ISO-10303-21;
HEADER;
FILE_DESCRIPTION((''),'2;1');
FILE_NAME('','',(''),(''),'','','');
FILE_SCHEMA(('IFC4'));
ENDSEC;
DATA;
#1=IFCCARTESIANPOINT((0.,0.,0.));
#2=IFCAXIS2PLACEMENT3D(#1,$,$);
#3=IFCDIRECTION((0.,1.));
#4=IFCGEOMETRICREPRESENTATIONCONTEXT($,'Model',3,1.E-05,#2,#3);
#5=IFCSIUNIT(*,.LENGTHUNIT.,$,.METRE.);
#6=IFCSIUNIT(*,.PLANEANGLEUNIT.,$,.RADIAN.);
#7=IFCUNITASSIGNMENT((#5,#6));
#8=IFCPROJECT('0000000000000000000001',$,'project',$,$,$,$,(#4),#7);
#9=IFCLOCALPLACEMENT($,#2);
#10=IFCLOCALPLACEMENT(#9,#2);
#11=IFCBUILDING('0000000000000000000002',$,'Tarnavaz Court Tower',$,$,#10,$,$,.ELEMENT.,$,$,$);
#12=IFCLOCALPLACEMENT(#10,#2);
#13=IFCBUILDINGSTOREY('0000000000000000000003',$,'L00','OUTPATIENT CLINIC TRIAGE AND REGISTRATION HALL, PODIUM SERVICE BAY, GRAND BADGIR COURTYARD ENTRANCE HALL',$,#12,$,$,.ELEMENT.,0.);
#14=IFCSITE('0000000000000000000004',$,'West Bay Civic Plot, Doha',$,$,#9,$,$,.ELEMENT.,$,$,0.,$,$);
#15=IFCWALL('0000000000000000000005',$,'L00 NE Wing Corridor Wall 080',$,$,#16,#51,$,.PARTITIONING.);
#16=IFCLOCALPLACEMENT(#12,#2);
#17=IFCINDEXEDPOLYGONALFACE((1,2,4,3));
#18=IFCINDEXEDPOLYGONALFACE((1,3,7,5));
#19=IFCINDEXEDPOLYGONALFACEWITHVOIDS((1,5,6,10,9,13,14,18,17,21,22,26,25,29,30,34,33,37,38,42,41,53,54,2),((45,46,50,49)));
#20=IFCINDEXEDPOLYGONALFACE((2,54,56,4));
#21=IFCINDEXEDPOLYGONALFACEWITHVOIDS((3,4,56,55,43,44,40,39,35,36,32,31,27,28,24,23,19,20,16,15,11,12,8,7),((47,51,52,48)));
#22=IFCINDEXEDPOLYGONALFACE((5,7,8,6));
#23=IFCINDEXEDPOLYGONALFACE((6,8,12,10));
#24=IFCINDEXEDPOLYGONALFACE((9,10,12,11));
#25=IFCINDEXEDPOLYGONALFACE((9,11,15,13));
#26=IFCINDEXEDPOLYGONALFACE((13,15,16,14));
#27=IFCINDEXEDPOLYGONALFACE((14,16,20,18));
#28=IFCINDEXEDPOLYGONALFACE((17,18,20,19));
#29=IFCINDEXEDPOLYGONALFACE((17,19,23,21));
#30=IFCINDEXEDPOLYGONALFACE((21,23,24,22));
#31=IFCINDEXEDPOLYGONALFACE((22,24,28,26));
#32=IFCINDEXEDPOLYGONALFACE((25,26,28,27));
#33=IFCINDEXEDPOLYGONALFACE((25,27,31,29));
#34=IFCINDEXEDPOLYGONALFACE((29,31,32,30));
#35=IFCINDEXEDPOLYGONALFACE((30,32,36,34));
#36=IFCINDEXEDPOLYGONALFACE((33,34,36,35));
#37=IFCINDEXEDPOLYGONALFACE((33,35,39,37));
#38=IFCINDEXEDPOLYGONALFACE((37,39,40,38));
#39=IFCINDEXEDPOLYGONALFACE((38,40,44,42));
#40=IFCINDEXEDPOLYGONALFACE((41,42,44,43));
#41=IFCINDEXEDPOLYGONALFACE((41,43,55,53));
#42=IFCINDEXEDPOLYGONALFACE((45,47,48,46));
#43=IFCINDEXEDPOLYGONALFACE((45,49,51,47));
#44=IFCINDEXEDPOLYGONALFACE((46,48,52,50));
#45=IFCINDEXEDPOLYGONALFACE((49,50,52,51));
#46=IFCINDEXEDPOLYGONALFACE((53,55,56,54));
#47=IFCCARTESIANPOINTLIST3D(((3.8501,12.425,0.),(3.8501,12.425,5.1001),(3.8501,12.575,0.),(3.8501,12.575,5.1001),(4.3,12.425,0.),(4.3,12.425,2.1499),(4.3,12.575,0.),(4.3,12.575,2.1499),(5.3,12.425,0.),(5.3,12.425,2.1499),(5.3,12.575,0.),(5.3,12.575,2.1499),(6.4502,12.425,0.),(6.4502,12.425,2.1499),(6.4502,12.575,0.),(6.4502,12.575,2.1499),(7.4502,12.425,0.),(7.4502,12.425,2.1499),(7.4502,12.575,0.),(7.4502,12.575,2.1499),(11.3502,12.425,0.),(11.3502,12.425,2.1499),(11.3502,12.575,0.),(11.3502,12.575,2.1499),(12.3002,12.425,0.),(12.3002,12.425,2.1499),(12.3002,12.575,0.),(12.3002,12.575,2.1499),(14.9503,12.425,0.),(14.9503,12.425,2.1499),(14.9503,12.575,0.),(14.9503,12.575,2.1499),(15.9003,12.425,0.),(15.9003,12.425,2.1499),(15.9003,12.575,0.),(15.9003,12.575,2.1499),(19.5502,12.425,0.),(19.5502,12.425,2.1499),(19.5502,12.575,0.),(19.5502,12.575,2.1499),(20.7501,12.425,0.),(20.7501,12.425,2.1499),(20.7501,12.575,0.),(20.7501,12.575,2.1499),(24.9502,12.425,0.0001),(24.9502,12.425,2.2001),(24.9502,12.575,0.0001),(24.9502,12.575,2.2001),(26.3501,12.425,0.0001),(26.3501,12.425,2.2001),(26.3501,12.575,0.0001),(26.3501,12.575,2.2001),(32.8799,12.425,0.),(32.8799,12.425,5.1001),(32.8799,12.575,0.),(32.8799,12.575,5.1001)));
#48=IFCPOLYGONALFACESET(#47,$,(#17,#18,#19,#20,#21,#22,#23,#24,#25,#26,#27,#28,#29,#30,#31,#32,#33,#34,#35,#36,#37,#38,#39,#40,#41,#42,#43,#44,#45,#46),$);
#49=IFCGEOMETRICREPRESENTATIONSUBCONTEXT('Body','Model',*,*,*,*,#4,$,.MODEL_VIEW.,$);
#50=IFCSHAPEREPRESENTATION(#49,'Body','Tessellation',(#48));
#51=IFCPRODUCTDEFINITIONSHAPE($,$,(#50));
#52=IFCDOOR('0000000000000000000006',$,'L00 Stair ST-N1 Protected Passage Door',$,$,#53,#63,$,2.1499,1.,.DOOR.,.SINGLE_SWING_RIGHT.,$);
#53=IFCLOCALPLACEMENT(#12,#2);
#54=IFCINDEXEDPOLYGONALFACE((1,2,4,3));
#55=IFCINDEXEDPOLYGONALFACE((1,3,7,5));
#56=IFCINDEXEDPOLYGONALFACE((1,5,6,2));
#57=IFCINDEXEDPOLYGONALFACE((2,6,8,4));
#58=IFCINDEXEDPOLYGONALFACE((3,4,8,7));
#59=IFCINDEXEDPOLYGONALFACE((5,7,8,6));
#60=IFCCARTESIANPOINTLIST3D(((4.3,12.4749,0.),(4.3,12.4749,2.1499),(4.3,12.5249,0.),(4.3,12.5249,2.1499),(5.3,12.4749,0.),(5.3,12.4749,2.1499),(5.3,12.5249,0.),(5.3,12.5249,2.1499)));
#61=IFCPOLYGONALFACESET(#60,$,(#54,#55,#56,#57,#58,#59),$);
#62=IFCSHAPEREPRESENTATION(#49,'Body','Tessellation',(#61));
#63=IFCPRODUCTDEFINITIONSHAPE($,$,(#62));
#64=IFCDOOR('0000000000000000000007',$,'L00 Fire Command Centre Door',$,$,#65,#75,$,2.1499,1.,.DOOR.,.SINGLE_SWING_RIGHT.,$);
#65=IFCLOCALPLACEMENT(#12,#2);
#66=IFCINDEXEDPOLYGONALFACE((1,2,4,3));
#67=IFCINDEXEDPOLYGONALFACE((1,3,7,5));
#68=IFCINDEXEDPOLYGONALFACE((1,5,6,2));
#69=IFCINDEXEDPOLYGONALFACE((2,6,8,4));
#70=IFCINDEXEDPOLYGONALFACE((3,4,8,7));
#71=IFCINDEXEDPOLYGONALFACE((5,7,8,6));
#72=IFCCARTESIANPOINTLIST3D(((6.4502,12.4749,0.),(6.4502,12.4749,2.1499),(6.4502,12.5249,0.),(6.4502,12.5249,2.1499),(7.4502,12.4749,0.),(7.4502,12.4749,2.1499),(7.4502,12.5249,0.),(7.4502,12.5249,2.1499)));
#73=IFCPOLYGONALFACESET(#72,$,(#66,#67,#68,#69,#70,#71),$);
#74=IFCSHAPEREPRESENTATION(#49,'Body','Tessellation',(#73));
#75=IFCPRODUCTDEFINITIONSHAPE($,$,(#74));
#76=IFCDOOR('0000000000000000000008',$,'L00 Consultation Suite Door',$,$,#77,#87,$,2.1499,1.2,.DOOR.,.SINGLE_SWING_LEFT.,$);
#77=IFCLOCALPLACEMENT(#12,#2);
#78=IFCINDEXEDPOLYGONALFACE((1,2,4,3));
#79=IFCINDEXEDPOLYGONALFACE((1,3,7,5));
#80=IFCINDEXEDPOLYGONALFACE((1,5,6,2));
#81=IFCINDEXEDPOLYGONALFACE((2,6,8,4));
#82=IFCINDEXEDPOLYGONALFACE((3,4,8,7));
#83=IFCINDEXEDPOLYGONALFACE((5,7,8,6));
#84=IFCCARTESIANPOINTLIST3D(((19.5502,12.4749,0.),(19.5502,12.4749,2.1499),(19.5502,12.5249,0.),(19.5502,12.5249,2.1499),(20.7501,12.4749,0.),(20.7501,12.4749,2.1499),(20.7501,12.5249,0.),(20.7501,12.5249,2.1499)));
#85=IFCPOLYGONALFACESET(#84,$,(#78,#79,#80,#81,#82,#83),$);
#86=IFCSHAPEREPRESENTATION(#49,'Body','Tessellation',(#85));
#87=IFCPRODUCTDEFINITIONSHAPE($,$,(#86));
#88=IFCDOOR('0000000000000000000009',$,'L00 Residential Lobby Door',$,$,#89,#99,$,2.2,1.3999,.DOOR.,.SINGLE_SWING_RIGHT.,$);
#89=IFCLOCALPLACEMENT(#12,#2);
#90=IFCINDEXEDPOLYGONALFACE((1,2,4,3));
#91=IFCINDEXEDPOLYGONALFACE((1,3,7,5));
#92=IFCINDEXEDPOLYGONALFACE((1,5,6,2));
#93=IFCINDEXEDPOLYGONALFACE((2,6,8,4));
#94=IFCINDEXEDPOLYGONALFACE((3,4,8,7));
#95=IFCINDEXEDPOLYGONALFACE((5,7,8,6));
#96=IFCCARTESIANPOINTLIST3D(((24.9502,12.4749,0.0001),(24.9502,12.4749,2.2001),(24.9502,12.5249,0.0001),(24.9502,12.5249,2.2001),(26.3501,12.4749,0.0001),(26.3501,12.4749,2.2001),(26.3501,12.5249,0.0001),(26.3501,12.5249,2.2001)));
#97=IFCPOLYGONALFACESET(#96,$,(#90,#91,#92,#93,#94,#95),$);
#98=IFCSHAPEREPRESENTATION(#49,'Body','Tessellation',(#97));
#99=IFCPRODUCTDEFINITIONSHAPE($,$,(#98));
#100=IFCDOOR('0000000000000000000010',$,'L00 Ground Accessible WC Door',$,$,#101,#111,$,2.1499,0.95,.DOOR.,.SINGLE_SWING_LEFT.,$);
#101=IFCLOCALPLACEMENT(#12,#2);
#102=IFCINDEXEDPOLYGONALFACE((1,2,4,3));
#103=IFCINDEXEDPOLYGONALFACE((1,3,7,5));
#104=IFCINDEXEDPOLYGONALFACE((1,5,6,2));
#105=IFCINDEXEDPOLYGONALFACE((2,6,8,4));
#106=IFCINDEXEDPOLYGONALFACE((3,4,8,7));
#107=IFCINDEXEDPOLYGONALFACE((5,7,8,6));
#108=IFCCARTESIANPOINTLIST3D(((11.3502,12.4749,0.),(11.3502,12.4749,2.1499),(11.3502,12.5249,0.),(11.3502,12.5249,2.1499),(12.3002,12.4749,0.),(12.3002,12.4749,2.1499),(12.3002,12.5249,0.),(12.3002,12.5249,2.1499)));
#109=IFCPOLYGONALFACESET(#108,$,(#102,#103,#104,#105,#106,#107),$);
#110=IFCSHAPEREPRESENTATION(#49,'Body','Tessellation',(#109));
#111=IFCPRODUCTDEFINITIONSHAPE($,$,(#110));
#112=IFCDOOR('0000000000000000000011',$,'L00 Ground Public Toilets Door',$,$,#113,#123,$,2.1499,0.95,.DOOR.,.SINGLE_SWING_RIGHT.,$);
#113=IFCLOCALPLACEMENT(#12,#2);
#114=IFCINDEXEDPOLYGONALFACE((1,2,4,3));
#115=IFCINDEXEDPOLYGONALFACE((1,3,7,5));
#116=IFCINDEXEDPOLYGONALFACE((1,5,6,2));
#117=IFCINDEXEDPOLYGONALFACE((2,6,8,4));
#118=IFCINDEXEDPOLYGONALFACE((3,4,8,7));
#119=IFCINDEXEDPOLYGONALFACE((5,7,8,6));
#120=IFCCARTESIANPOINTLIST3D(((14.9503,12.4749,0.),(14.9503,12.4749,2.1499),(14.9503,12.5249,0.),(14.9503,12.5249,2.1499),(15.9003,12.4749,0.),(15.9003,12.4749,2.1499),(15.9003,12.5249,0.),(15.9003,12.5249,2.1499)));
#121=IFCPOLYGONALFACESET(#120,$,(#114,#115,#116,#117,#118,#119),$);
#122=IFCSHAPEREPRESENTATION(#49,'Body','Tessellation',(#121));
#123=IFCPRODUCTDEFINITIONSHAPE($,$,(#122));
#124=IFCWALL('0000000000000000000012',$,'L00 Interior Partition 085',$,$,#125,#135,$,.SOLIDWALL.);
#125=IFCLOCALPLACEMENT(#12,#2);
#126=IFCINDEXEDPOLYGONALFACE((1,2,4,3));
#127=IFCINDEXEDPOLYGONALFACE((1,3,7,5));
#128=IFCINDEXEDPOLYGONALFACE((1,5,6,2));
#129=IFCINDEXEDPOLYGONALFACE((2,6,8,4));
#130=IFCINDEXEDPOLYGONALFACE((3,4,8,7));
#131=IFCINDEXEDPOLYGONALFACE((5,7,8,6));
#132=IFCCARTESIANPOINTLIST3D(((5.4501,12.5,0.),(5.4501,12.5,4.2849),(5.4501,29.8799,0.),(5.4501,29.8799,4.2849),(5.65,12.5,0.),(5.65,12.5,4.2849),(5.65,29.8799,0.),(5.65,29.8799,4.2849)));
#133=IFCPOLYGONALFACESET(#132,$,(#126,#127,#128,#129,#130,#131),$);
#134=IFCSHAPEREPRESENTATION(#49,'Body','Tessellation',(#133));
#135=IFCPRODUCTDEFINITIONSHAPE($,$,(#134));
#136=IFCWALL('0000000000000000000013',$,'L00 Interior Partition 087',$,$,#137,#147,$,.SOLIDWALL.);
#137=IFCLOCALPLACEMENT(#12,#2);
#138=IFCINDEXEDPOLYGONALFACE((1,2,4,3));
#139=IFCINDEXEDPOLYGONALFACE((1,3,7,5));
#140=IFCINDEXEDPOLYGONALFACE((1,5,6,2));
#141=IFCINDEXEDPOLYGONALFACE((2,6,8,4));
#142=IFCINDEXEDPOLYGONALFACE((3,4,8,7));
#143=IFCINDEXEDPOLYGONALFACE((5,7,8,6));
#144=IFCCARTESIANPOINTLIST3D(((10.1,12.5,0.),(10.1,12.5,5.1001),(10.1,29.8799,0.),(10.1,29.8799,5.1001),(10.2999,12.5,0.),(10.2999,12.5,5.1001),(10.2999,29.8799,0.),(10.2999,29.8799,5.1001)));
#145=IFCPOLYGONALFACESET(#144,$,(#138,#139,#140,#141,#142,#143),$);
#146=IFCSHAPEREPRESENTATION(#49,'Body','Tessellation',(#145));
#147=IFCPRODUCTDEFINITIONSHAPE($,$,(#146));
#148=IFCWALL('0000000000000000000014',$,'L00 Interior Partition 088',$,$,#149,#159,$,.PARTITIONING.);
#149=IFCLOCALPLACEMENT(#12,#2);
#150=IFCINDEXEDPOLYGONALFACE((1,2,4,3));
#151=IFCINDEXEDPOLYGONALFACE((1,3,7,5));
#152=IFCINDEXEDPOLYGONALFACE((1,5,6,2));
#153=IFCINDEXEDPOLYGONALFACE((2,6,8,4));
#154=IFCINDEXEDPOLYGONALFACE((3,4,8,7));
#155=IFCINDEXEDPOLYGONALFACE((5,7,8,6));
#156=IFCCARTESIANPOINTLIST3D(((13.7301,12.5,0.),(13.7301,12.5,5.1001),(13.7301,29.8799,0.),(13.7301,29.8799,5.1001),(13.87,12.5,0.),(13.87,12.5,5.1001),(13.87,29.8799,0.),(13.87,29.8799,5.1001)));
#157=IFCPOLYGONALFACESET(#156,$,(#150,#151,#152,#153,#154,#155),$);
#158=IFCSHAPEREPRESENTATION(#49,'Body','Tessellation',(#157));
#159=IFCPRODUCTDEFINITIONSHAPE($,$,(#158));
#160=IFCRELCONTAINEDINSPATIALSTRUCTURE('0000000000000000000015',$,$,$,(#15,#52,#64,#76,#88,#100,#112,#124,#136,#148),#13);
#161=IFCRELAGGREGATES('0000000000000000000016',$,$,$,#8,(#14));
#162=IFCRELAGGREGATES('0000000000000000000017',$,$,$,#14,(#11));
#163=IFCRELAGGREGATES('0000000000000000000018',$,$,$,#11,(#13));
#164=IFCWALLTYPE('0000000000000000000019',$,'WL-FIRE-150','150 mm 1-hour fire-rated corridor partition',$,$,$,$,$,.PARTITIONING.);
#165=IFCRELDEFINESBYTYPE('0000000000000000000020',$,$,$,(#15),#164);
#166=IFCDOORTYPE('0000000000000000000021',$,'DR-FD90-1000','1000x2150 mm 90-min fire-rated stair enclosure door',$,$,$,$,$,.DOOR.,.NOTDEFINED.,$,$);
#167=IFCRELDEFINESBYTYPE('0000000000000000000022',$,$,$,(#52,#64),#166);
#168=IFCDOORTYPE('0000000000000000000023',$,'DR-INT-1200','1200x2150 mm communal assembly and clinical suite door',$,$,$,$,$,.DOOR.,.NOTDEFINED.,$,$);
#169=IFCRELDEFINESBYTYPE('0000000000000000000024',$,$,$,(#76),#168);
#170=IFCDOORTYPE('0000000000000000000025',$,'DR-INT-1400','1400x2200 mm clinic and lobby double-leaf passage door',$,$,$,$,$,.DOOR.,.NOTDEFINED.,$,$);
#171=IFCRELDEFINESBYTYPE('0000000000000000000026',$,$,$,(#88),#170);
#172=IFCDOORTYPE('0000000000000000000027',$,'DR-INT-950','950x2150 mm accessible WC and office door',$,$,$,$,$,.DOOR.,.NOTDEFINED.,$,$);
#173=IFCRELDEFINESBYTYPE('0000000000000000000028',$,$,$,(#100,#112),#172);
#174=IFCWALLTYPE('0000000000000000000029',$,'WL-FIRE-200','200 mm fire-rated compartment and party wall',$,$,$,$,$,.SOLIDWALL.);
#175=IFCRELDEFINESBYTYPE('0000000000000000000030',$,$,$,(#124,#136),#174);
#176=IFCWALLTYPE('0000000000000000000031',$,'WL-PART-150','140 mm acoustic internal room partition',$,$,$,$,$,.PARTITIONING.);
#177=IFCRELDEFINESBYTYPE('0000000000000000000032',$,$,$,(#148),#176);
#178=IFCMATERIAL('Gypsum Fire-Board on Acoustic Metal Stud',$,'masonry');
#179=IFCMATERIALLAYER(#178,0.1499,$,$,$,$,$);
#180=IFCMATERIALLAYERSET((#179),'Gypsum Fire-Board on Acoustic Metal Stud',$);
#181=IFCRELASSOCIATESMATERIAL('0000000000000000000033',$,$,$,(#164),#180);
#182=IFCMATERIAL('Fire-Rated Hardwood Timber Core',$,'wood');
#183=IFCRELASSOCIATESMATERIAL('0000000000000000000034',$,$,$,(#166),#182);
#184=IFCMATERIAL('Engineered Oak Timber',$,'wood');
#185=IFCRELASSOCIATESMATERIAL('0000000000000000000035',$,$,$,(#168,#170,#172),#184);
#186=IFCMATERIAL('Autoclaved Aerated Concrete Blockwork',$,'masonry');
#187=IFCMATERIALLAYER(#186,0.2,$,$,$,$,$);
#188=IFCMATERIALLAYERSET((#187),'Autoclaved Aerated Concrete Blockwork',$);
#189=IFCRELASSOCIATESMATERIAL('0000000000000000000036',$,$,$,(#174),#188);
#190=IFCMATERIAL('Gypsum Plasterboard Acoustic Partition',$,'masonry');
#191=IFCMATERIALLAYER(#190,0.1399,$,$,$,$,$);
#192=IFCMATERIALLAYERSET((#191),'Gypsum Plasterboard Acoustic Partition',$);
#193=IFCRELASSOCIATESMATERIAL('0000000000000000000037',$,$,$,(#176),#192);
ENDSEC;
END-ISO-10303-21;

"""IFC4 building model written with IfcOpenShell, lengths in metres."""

from ifc_helpers import new_model, si_unit, direction, frame, frame_2d, origin, place, context, subcontext, project, spatial, rectangle, extrude, material, layer, layer_set, type_object, element, fill, save


model = new_model("IFC4")

# Units and contexts
model_context = context("Model", 3, precision=1e-05, world=origin(), true_north=direction((0.0, 1.0)))
body_context = subcontext(model_context, "Body", "Model", "MODEL_VIEW")
ifc_project = project(units=[si_unit("LENGTHUNIT", "METRE"), si_unit("PLANEANGLEUNIT", "RADIAN")], contexts=[model_context])

# Site, building, storey
site_placement = place(None, origin())
site = spatial("IfcSite", under=ifc_project, at=site_placement, Name="West Bay Civic Plot, Doha", CompositionType="ELEMENT", RefElevation=0.0)
building_placement = place(site_placement, origin())
building = spatial("IfcBuilding", under=site, at=building_placement, Name="Tarnavaz Court Tower", CompositionType="ELEMENT")
storey_placement = place(building_placement, origin())
storey = spatial("IfcBuildingStorey", under=building, at=storey_placement, Name="L00", Description="OUTPATIENT CLINIC TRIAGE AND REGISTRATION HALL, PODIUM SERVICE BAY, GRAND BADGIR COURTYARD ENTRANCE HALL", CompositionType="ELEMENT", Elevation=0.0)

# Shared definitions
ifc_material_1 = material(Name="Fire-Rated Hardwood Timber Core", Category="wood")

# Wall, openings, doors
ifc_material_2 = material(Name="Gypsum Fire-Board on Acoustic Metal Stud", Category="masonry")
ifc_layer_1 = layer(ifc_material_2, 0.1499)
ifc_layer_set_1 = layer_set([ifc_layer_1], Name="Gypsum Fire-Board on Acoustic Metal Stud")
wall_type_1 = type_object("IfcWallType", Name="WL-FIRE-150", Description="150 mm 1-hour fire-rated corridor partition", PredefinedType="PARTITIONING", material=ifc_layer_set_1)
wall_1_placement = place(storey_placement, frame((3.8501, 12.5, 0.0), z_axis=(0.0, 0.0, 1.0), x_axis=(1.0, 0.0, 0.0)))
wall_1 = element("IfcWall", 1, at=wall_1_placement, inside=storey, type_object=wall_type_1, Name="L00 NE Wing Corridor Wall 080", PredefinedType="PARTITIONING", context=body_context, shape_type="SweptSolid", body=[
    extrude(rectangle(XDim=29.0298, YDim=0.1499, at=frame_2d((14.5149, 0.0))), origin(), (0.0, 0.0, 1.0), 5.1001),
])
opening_1_placement = place(wall_1_placement, frame((0.45, 0.0, 0.0)))
opening_1 = element("IfcOpeningElement", 2, at=opening_1_placement, cuts=wall_1, PredefinedType="OPENING", context=body_context, shape_type="SweptSolid", body=[
    extrude(rectangle(XDim=1.0, YDim=2.1499, at=frame_2d((0.5, 1.075))), frame((0.0, 0.085, 0.0), z_axis=(0.0, -1.0, 0.0), x_axis=(1.0, 0.0, 0.0)), (0.0, 0.0, 1.0), 0.1699),
])
opening_2_placement = place(wall_1_placement, frame((2.6001, 0.0, 0.0)))
opening_2 = element("IfcOpeningElement", 3, at=opening_2_placement, cuts=wall_1, PredefinedType="OPENING", context=body_context, shape_type="SweptSolid", body=[
    extrude(rectangle(XDim=1.0, YDim=2.1499, at=frame_2d((0.5, 1.075))), frame((0.0, 0.085, 0.0), z_axis=(0.0, -1.0, 0.0), x_axis=(1.0, 0.0, 0.0)), (0.0, 0.0, 1.0), 0.1699),
])
opening_3_placement = place(wall_1_placement, frame((7.5, 0.0, 0.0)))
opening_3 = element("IfcOpeningElement", 4, at=opening_3_placement, cuts=wall_1, PredefinedType="OPENING", context=body_context, shape_type="SweptSolid", body=[
    extrude(rectangle(XDim=0.95, YDim=2.1499, at=frame_2d((0.4751, 1.075))), frame((0.0, 0.085, 0.0), z_axis=(0.0, -1.0, 0.0), x_axis=(1.0, 0.0, 0.0)), (0.0, 0.0, 1.0), 0.1699),
])
opening_4_placement = place(wall_1_placement, frame((11.1001, 0.0, 0.0)))
opening_4 = element("IfcOpeningElement", 5, at=opening_4_placement, cuts=wall_1, PredefinedType="OPENING", context=body_context, shape_type="SweptSolid", body=[
    extrude(rectangle(XDim=0.95, YDim=2.1499, at=frame_2d((0.4751, 1.075))), frame((0.0, 0.085, 0.0), z_axis=(0.0, -1.0, 0.0), x_axis=(1.0, 0.0, 0.0)), (0.0, 0.0, 1.0), 0.1699),
])
opening_5_placement = place(wall_1_placement, frame((15.7, 0.0, 0.0)))
opening_5 = element("IfcOpeningElement", 6, at=opening_5_placement, cuts=wall_1, PredefinedType="OPENING", context=body_context, shape_type="SweptSolid", body=[
    extrude(rectangle(XDim=1.2, YDim=2.1499, at=frame_2d((0.6001, 1.075))), frame((0.0, 0.085, 0.0), z_axis=(0.0, -1.0, 0.0), x_axis=(1.0, 0.0, 0.0)), (0.0, 0.0, 1.0), 0.1699),
])
opening_6_placement = place(wall_1_placement, frame((21.1001, 0.0, 0.0)))
opening_6 = element("IfcOpeningElement", 7, at=opening_6_placement, cuts=wall_1, PredefinedType="OPENING", context=body_context, shape_type="SweptSolid", body=[
    extrude(rectangle(XDim=1.3999, YDim=2.2, at=frame_2d((0.7, 1.1001))), frame((0.0, 0.085, 0.0), z_axis=(0.0, -1.0, 0.0), x_axis=(1.0, 0.0, 0.0)), (0.0, 0.0, 1.0), 0.1699),
])
door_type_1 = type_object("IfcDoorType", Name="DR-FD90-1000", Description="1000x2150 mm 90-min fire-rated stair enclosure door", OperationType="NOTDEFINED", PredefinedType="DOOR", material=ifc_material_1)
door_1_placement = place(opening_1_placement, origin())
door_1 = element("IfcDoor", 8, at=door_1_placement, inside=storey, type_object=door_type_1, Name="L00 Stair ST-N1 Protected Passage Door", OperationType="SINGLE_SWING_RIGHT", OverallHeight=2.1499, OverallWidth=1.0, PredefinedType="DOOR", context=body_context, shape_type="SweptSolid", body=[
    extrude(rectangle(XDim=1.0, YDim=2.1499, at=frame_2d((0.5, 1.075))), frame((0.0, 0.0249, 0.0), z_axis=(0.0, -1.0, 0.0), x_axis=(1.0, 0.0, 0.0)), (0.0, 0.0, 1.0), 0.05),
])
fill(opening_1, door_1)
door_2_placement = place(opening_2_placement, origin())
door_2 = element("IfcDoor", 9, at=door_2_placement, inside=storey, type_object=door_type_1, Name="L00 Fire Command Centre Door", OperationType="SINGLE_SWING_RIGHT", OverallHeight=2.1499, OverallWidth=1.0, PredefinedType="DOOR", context=body_context, shape_type="SweptSolid", body=[
    extrude(rectangle(XDim=1.0, YDim=2.1499, at=frame_2d((0.5, 1.075))), frame((0.0, 0.0249, 0.0), z_axis=(0.0, -1.0, 0.0), x_axis=(1.0, 0.0, 0.0)), (0.0, 0.0, 1.0), 0.05),
])
fill(opening_2, door_2)
ifc_material_3 = material(Name="Engineered Oak Timber", Category="wood")
door_type_2 = type_object("IfcDoorType", Name="DR-INT-1200", Description="1200x2150 mm communal assembly and clinical suite door", OperationType="NOTDEFINED", PredefinedType="DOOR", material=ifc_material_3)
door_3_placement = place(opening_5_placement, origin())
door_3 = element("IfcDoor", 10, at=door_3_placement, inside=storey, type_object=door_type_2, Name="L00 Consultation Suite Door", OperationType="SINGLE_SWING_LEFT", OverallHeight=2.1499, OverallWidth=1.2, PredefinedType="DOOR", context=body_context, shape_type="SweptSolid", body=[
    extrude(rectangle(XDim=1.2, YDim=2.1499, at=frame_2d((0.6001, 1.075))), frame((0.0, 0.0249, 0.0), z_axis=(0.0, -1.0, 0.0), x_axis=(1.0, 0.0, 0.0)), (0.0, 0.0, 1.0), 0.05),
])
fill(opening_5, door_3)
door_type_3 = type_object("IfcDoorType", Name="DR-INT-1400", Description="1400x2200 mm clinic and lobby double-leaf passage door", OperationType="NOTDEFINED", PredefinedType="DOOR", material=ifc_material_3)
door_4_placement = place(opening_6_placement, origin())
door_4 = element("IfcDoor", 11, at=door_4_placement, inside=storey, type_object=door_type_3, Name="L00 Residential Lobby Door", OperationType="SINGLE_SWING_RIGHT", OverallHeight=2.2, OverallWidth=1.3999, PredefinedType="DOOR", context=body_context, shape_type="SweptSolid", body=[
    extrude(rectangle(XDim=1.3999, YDim=2.2, at=frame_2d((0.7, 1.1001))), frame((0.0, 0.0249, 0.0), z_axis=(0.0, -1.0, 0.0), x_axis=(1.0, 0.0, 0.0)), (0.0, 0.0, 1.0), 0.05),
])
fill(opening_6, door_4)
door_type_4 = type_object("IfcDoorType", Name="DR-INT-950", Description="950x2150 mm accessible WC and office door", OperationType="NOTDEFINED", PredefinedType="DOOR", material=ifc_material_3)
door_5_placement = place(opening_3_placement, origin())
door_5 = element("IfcDoor", 12, at=door_5_placement, inside=storey, type_object=door_type_4, Name="L00 Ground Accessible WC Door", OperationType="SINGLE_SWING_LEFT", OverallHeight=2.1499, OverallWidth=0.95, PredefinedType="DOOR", context=body_context, shape_type="SweptSolid", body=[
    extrude(rectangle(XDim=0.95, YDim=2.1499, at=frame_2d((0.4751, 1.075))), frame((0.0, 0.0249, 0.0), z_axis=(0.0, -1.0, 0.0), x_axis=(1.0, 0.0, 0.0)), (0.0, 0.0, 1.0), 0.05),
])
fill(opening_3, door_5)
door_6_placement = place(opening_4_placement, origin())
door_6 = element("IfcDoor", 13, at=door_6_placement, inside=storey, type_object=door_type_4, Name="L00 Ground Public Toilets Door", OperationType="SINGLE_SWING_RIGHT", OverallHeight=2.1499, OverallWidth=0.95, PredefinedType="DOOR", context=body_context, shape_type="SweptSolid", body=[
    extrude(rectangle(XDim=0.95, YDim=2.1499, at=frame_2d((0.4751, 1.075))), frame((0.0, 0.0249, 0.0), z_axis=(0.0, -1.0, 0.0), x_axis=(1.0, 0.0, 0.0)), (0.0, 0.0, 1.0), 0.05),
])
fill(opening_4, door_6)

# Walls
ifc_material_4 = material(Name="Autoclaved Aerated Concrete Blockwork", Category="masonry")
ifc_layer_2 = layer(ifc_material_4, 0.2)
ifc_layer_set_2 = layer_set([ifc_layer_2], Name="Autoclaved Aerated Concrete Blockwork")
wall_type_2 = type_object("IfcWallType", Name="WL-FIRE-200", Description="200 mm fire-rated compartment and party wall", PredefinedType="SOLIDWALL", material=ifc_layer_set_2)
wall_2_placement = place(storey_placement, frame((5.55, 12.5, 0.0), z_axis=(0.0, 0.0, 1.0), x_axis=(0.0, 1.0, 0.0)))
element("IfcWall", 14, at=wall_2_placement, inside=storey, type_object=wall_type_2, Name="L00 Interior Partition 085", PredefinedType="SOLIDWALL", context=body_context, shape_type="SweptSolid", body=[
    extrude(rectangle(XDim=17.3799, YDim=0.2, at=frame_2d((8.6899, 0.0))), origin(), (0.0, 0.0, 1.0), 4.2849),
])
wall_3_placement = place(storey_placement, frame((10.2, 12.5, 0.0), z_axis=(0.0, 0.0, 1.0), x_axis=(0.0, 1.0, 0.0)))
element("IfcWall", 15, at=wall_3_placement, inside=storey, type_object=wall_type_2, Name="L00 Interior Partition 087", PredefinedType="SOLIDWALL", context=body_context, shape_type="SweptSolid", body=[
    extrude(rectangle(XDim=17.3799, YDim=0.2, at=frame_2d((8.6899, 0.0))), origin(), (0.0, 0.0, 1.0), 5.1001),
])
ifc_material_5 = material(Name="Gypsum Plasterboard Acoustic Partition", Category="masonry")
ifc_layer_3 = layer(ifc_material_5, 0.1399)
ifc_layer_set_3 = layer_set([ifc_layer_3], Name="Gypsum Plasterboard Acoustic Partition")
wall_type_3 = type_object("IfcWallType", Name="WL-PART-150", Description="140 mm acoustic internal room partition", PredefinedType="PARTITIONING", material=ifc_layer_set_3)
wall_4_placement = place(storey_placement, frame((13.8, 12.5, 0.0), z_axis=(0.0, 0.0, 1.0), x_axis=(0.0, 1.0, 0.0)))
element("IfcWall", 16, at=wall_4_placement, inside=storey, type_object=wall_type_3, Name="L00 Interior Partition 088", PredefinedType="PARTITIONING", context=body_context, shape_type="SweptSolid", body=[
    extrude(rectangle(XDim=17.3799, YDim=0.1399, at=frame_2d((8.6899, 0.0))), origin(), (0.0, 0.0, 1.0), 5.1001),
])

save(model, "model.ifc")
